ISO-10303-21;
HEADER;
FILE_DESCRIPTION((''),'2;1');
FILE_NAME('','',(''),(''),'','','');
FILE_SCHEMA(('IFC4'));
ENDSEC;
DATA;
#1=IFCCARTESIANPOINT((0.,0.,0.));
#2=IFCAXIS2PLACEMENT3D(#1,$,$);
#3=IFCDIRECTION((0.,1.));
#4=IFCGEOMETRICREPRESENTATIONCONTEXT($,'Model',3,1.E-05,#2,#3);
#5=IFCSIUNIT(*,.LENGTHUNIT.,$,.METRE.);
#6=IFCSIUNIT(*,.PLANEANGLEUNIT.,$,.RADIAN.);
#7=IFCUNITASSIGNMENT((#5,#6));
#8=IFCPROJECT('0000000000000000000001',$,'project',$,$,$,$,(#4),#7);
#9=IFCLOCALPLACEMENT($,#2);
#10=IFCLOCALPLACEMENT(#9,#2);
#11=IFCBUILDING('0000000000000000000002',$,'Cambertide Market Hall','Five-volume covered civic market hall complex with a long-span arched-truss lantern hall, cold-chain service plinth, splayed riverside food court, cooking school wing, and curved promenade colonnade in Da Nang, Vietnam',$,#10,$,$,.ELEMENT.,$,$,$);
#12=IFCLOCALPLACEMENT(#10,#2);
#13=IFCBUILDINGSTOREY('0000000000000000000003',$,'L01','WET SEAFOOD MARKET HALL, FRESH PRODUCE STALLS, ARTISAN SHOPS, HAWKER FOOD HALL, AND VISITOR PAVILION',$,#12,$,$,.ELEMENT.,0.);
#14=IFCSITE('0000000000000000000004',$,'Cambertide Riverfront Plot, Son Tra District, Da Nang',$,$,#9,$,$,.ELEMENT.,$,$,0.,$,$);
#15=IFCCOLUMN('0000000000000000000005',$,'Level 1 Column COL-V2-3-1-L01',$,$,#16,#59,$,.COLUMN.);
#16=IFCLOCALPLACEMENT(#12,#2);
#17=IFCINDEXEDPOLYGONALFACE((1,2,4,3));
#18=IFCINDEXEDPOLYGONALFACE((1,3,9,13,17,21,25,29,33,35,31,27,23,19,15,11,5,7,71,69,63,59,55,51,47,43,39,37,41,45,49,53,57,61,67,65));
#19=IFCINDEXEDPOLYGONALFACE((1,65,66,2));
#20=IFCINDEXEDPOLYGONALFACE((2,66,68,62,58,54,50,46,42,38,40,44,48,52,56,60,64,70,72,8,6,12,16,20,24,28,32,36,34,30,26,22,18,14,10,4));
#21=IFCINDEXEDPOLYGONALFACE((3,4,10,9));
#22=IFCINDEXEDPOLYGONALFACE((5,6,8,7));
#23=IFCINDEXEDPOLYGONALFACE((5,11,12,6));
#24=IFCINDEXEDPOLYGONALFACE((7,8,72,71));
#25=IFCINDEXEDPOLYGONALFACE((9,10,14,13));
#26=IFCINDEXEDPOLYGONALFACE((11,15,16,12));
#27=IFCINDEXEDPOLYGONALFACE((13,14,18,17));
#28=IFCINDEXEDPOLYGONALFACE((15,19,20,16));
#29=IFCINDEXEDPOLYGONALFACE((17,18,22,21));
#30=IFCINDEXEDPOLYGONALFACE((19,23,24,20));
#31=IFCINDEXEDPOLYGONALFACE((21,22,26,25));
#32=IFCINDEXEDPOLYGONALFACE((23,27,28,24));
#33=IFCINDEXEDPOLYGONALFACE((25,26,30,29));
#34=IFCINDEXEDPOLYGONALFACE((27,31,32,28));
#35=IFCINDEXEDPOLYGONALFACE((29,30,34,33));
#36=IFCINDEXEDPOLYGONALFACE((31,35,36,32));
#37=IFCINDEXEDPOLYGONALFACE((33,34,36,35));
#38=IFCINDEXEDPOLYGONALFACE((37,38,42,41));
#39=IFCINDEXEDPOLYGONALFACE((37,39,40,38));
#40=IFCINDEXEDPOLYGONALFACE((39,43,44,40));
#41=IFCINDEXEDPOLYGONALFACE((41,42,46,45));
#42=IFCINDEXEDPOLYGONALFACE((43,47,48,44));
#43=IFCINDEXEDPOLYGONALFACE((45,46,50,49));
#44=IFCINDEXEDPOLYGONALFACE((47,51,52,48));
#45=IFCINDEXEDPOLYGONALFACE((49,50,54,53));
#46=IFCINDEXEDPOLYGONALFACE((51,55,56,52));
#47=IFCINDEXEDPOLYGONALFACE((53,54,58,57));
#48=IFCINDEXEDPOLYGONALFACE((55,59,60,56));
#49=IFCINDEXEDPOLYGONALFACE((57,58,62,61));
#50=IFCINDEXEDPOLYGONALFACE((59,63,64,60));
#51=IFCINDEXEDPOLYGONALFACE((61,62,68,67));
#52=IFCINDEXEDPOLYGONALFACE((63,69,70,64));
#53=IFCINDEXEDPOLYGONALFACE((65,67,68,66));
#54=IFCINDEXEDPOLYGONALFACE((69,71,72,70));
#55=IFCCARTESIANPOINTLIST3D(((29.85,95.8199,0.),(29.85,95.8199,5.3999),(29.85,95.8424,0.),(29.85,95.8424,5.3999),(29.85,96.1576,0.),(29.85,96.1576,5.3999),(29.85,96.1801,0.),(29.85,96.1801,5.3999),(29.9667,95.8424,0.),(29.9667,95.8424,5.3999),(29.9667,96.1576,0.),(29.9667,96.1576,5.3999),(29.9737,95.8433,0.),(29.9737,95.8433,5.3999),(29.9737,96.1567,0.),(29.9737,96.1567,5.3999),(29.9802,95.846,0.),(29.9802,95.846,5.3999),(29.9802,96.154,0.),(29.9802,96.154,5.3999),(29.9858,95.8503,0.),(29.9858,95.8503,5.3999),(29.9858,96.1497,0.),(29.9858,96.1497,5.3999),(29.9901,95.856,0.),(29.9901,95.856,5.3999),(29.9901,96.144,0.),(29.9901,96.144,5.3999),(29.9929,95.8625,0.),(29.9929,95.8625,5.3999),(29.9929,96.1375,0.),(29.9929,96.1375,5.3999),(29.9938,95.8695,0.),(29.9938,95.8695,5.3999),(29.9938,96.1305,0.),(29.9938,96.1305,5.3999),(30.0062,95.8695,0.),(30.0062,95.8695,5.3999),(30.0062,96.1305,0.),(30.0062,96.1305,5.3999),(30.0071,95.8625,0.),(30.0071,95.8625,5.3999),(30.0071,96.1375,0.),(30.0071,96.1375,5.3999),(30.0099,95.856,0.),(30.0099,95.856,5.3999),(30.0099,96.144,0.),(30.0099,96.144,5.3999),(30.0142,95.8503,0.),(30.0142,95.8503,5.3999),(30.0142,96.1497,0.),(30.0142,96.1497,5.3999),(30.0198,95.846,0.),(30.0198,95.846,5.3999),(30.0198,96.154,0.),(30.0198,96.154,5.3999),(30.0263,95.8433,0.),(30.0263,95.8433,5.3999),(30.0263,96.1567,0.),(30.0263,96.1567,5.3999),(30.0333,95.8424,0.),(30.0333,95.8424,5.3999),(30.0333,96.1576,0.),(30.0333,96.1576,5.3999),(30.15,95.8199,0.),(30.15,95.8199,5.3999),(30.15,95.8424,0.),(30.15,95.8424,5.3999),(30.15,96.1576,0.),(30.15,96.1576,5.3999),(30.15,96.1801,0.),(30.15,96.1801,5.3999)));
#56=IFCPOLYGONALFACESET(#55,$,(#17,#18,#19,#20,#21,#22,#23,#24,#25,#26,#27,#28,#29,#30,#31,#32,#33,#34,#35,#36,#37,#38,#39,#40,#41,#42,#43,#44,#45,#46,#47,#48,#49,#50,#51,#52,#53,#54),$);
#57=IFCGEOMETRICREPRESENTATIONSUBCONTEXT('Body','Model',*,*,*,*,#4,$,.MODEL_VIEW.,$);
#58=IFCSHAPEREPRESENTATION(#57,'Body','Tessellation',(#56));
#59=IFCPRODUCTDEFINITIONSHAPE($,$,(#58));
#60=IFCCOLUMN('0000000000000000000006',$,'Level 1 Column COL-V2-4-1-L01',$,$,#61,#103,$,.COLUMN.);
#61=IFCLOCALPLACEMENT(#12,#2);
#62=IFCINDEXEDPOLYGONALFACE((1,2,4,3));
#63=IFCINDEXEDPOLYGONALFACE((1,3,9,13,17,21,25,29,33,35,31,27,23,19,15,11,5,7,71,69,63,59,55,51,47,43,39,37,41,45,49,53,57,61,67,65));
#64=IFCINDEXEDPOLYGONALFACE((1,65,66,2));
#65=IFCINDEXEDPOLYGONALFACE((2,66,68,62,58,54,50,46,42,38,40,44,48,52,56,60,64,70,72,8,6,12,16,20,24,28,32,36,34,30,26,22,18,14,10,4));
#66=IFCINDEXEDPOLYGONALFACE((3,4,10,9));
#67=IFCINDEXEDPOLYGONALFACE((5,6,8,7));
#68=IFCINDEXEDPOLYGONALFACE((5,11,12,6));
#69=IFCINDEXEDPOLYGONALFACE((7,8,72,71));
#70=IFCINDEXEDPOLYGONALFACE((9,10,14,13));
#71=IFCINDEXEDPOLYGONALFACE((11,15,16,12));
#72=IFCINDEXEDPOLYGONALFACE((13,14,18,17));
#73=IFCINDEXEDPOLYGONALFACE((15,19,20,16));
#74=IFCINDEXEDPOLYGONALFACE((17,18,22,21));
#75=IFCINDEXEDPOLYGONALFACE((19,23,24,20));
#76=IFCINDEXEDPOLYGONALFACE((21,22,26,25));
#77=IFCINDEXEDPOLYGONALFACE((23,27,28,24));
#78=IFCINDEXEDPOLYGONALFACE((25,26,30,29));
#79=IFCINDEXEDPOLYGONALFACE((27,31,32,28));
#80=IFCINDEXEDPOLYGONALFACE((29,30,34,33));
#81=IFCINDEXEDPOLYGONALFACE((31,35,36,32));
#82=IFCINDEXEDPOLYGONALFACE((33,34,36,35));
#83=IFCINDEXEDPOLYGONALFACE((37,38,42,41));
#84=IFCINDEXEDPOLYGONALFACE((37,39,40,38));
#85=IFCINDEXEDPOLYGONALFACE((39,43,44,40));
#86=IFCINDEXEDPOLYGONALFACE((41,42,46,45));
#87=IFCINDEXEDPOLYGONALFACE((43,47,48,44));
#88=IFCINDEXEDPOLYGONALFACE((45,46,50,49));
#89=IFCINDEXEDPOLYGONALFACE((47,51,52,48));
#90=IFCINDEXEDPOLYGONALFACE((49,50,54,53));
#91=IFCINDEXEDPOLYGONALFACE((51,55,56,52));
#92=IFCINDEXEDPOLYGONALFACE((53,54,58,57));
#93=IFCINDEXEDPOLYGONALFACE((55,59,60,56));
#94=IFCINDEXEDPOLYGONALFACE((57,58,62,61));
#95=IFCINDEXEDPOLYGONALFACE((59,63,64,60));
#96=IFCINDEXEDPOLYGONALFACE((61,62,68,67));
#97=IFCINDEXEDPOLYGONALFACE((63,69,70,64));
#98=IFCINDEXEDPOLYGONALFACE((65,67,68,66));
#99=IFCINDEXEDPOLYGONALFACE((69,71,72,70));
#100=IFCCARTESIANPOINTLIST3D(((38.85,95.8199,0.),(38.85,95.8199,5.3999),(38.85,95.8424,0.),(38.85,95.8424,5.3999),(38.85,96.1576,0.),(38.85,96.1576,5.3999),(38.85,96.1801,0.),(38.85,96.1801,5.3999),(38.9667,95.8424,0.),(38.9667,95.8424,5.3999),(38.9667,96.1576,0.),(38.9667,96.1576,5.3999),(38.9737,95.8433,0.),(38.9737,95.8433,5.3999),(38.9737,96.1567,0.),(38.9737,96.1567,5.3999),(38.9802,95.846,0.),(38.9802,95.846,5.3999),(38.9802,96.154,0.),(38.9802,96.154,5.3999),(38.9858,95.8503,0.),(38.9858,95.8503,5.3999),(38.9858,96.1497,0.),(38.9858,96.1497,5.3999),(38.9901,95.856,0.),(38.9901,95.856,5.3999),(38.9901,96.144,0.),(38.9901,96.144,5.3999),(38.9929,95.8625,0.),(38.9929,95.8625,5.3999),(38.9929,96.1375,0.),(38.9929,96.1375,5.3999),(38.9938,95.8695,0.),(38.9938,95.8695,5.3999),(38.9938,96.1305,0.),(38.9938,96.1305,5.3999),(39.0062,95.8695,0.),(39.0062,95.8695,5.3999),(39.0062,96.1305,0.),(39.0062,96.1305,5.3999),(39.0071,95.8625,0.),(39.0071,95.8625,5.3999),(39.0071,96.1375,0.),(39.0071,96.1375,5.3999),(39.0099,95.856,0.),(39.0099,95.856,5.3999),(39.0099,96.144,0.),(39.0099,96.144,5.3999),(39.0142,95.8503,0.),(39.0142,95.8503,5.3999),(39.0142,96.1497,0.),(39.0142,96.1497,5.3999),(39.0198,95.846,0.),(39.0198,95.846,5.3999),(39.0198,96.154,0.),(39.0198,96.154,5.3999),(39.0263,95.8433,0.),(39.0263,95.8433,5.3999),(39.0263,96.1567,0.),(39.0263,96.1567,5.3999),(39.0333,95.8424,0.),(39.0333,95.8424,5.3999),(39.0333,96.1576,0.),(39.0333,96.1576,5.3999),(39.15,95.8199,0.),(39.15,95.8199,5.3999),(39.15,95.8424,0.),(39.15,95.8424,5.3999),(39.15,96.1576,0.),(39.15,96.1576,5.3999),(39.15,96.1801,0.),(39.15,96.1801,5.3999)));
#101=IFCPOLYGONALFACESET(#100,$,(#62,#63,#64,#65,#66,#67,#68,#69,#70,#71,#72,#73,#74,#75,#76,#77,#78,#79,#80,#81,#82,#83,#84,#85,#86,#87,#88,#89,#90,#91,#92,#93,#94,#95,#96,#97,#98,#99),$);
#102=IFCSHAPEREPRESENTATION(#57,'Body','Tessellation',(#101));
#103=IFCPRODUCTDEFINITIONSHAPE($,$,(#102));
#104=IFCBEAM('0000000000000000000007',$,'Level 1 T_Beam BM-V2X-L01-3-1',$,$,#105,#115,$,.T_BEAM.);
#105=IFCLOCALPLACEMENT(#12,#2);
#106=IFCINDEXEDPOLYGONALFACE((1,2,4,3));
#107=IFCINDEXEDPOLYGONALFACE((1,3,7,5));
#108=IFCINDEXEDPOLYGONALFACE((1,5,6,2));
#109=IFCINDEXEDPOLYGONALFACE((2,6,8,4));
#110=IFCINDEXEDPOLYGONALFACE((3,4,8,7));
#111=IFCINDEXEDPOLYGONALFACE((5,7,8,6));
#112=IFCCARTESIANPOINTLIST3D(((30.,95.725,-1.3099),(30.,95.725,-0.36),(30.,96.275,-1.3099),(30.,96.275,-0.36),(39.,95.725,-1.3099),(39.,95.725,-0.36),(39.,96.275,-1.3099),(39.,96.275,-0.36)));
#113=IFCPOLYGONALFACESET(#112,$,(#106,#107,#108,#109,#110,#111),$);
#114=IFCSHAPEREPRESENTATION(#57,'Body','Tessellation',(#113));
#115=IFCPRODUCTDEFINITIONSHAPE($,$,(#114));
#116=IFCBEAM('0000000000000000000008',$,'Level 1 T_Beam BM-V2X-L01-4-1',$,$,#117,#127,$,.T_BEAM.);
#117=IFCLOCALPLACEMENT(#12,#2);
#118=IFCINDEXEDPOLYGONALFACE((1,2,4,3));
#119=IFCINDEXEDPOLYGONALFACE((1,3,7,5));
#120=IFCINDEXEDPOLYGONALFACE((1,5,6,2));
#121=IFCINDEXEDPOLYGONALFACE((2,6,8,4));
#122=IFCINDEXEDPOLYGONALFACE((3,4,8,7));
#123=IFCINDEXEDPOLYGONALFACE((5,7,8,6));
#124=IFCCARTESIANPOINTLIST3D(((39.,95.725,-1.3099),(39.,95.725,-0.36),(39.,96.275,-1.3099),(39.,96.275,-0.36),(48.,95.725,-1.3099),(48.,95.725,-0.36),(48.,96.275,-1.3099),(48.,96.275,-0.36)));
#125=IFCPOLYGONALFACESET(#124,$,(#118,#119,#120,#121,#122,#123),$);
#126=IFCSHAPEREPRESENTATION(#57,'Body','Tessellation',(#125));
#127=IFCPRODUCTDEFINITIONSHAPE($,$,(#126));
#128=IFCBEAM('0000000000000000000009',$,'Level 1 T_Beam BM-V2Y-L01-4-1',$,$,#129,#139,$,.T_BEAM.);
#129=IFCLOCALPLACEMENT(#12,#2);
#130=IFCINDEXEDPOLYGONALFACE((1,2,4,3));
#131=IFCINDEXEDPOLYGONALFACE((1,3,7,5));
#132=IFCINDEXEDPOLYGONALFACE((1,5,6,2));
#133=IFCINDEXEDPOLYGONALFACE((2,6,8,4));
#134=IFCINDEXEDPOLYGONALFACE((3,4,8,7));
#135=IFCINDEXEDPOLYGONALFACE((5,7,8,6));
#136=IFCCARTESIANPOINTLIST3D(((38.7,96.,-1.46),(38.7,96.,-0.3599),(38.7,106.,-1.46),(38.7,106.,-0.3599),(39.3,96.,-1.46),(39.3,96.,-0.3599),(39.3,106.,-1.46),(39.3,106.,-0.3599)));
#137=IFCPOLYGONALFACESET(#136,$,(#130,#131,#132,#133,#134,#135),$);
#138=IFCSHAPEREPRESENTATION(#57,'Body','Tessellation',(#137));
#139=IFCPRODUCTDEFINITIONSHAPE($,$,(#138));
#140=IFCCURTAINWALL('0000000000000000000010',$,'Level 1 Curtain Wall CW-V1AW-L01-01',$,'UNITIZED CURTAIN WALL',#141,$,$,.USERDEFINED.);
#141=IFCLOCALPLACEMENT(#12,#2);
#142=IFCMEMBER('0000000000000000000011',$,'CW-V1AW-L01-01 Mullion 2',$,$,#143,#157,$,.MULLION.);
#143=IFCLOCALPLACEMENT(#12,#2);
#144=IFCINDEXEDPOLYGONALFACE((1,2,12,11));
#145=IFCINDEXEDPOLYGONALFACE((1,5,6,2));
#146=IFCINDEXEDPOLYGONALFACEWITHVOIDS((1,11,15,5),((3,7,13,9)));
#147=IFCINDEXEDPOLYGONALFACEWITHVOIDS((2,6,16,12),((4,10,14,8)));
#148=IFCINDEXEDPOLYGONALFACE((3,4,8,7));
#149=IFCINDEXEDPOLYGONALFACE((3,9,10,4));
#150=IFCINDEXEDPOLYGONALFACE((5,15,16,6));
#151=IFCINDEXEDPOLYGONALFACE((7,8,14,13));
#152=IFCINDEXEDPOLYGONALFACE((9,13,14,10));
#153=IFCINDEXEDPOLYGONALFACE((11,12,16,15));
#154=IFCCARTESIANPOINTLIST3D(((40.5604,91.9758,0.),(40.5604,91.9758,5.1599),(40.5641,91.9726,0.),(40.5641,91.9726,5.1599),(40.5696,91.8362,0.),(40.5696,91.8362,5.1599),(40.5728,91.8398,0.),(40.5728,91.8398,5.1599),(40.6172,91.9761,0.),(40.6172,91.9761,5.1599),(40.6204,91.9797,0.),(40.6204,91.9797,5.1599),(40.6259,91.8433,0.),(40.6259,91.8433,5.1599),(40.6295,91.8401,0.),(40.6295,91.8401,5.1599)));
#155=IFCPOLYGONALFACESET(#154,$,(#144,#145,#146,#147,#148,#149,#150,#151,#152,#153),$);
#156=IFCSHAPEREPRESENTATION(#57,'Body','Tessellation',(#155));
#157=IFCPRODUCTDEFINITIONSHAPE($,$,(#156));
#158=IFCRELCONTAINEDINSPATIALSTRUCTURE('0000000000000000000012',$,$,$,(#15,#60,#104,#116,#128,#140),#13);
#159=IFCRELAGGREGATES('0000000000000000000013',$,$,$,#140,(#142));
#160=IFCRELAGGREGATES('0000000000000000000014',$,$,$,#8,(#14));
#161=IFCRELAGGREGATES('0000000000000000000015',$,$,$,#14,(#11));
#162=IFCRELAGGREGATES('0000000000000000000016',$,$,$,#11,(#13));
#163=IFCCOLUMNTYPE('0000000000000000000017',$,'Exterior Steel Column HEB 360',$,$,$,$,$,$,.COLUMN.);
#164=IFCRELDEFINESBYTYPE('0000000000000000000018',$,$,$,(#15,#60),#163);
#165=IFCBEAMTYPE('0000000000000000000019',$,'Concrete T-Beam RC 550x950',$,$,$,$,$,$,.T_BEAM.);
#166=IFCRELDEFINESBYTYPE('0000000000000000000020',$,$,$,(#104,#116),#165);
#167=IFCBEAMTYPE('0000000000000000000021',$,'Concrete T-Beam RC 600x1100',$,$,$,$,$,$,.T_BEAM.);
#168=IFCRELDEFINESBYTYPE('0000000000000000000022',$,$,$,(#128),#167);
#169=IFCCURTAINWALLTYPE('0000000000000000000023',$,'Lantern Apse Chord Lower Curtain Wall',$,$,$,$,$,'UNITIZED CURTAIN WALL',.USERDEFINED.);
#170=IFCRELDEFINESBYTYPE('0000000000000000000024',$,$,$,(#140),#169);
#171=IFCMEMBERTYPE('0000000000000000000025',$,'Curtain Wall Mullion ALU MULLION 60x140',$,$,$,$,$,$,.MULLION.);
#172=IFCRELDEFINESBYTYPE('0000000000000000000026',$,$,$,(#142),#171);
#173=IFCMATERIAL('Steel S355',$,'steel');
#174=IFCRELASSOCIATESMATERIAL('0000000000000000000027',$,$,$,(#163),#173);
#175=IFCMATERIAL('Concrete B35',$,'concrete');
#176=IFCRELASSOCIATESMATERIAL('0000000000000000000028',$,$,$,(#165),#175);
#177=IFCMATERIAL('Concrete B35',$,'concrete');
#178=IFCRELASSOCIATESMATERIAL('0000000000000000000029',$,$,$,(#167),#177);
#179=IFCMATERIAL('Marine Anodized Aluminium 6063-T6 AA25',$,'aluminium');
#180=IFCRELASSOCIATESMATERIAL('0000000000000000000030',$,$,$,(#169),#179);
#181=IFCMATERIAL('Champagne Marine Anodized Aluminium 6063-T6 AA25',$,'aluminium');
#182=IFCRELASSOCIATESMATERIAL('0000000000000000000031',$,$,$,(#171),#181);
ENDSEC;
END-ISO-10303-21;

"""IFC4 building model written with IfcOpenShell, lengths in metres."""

from ifc_helpers import new_model, si_unit, direction, frame, origin, origin_2d, place, context, subcontext, project, spatial, rectangle, hollow_rectangle, i_section, extrude, material, material_profile, profile_set, type_object, element, aggregate, save


model = new_model("IFC4")

# Units and contexts
model_context = context("Model", 3, precision=1e-05, world=origin(), true_north=direction((0.0, 1.0)))
body_context = subcontext(model_context, "Body", "Model", "MODEL_VIEW")
ifc_project = project(units=[si_unit("LENGTHUNIT", "METRE"), si_unit("PLANEANGLEUNIT", "RADIAN")], contexts=[model_context])

# Site, building, storey
site_placement = place(None, origin())
site = spatial("IfcSite", under=ifc_project, at=site_placement, Name="Cambertide Riverfront Plot, Son Tra District, Da Nang", CompositionType="ELEMENT", RefElevation=0.0)
building_placement = place(site_placement, origin())
building = spatial("IfcBuilding", under=site, at=building_placement, Name="Cambertide Market Hall", Description="Five-volume covered civic market hall complex with a long-span arched-truss lantern hall, cold-chain service plinth, splayed riverside food court, cooking school wing, and curved promenade colonnade in Da Nang, Vietnam", CompositionType="ELEMENT")
storey_placement = place(building_placement, origin())
storey = spatial("IfcBuildingStorey", under=building, at=storey_placement, Name="L01", Description="WET SEAFOOD MARKET HALL, FRESH PRODUCE STALLS, ARTISAN SHOPS, HAWKER FOOD HALL, AND VISITOR PAVILION", CompositionType="ELEMENT", Elevation=0.0)

# Columns
ifc_material_1 = material(Name="Steel S355", Category="steel")
ifc_material_profile_1 = material_profile(ifc_material_1, i_section(OverallWidth=0.3, OverallDepth=0.3601, WebThickness=0.0125, FlangeThickness=0.0225, FilletRadius=0.0271, at=origin_2d()), Name="HEB 360")
ifc_profile_set_1 = profile_set([ifc_material_profile_1], Name="Steel S355")
column_type = type_object("IfcColumnType", Name="Exterior Steel Column HEB 360", PredefinedType="COLUMN", material=ifc_profile_set_1)
for number, where, z_axis, x_axis, name in (
    (1, (30.0, 96.0, 0.0), (0.0, 0.0, 1.0), (1.0, 0.0, 0.0), "Level 1 Column COL-V2-3-1-L01"),
    (2, (39.0, 96.0, 0.0), (0.0, 0.0, 1.0), (1.0, 0.0, 0.0), "Level 1 Column COL-V2-4-1-L01"),
):
    element("IfcColumn", number, at=place(storey_placement, frame(where, z_axis=z_axis, x_axis=x_axis)), inside=storey, type_object=column_type, Name=name, PredefinedType="COLUMN", context=body_context, shape_type="SweptSolid", body=[
        extrude(i_section(OverallWidth=0.3, OverallDepth=0.3601, WebThickness=0.0125, FlangeThickness=0.0225, FilletRadius=0.0271, at=origin_2d()), origin(), (0.0, 0.0, 1.0), 5.3999),
    ])

# Beams
ifc_material_2 = material(Name="Concrete B35", Category="concrete")
ifc_material_profile_2 = material_profile(ifc_material_2, rectangle(XDim=0.55, YDim=0.95, at=origin_2d()), Name="RC 550x950")
ifc_profile_set_2 = profile_set([ifc_material_profile_2], Name="Concrete B35")
beam_type_1 = type_object("IfcBeamType", Name="Concrete T-Beam RC 550x950", PredefinedType="T_BEAM", material=ifc_profile_set_2)
for number, where, z_axis, x_axis, name in (
    (3, (30.0, 96.0, -0.835), (1.0, 0.0, 0.0), (0.0, 1.0, 0.0), "Level 1 T_Beam BM-V2X-L01-3-1"),
    (4, (39.0, 96.0, -0.835), (1.0, 0.0, 0.0), (0.0, 1.0, 0.0), "Level 1 T_Beam BM-V2X-L01-4-1"),
):
    element("IfcBeam", number, at=place(storey_placement, frame(where, z_axis=z_axis, x_axis=x_axis)), inside=storey, type_object=beam_type_1, Name=name, PredefinedType="T_BEAM", context=body_context, shape_type="SweptSolid", body=[
        extrude(rectangle(XDim=0.55, YDim=0.95, at=origin_2d()), origin(), (0.0, 0.0, 1.0), 9.0),
    ])
ifc_material_3 = material(Name="Concrete B35", Category="concrete")
ifc_material_profile_3 = material_profile(ifc_material_3, rectangle(XDim=0.6001, YDim=1.1001, at=origin_2d()), Name="RC 600x1100")
ifc_profile_set_3 = profile_set([ifc_material_profile_3], Name="Concrete B35")
beam_type_2 = type_object("IfcBeamType", Name="Concrete T-Beam RC 600x1100", PredefinedType="T_BEAM", material=ifc_profile_set_3)
beam_placement = place(storey_placement, frame((39.0, 96.0, -0.9099), z_axis=(0.0, 1.0, 0.0), x_axis=(-1.0, 0.0, 0.0)))
element("IfcBeam", 5, at=beam_placement, inside=storey, type_object=beam_type_2, Name="Level 1 T_Beam BM-V2Y-L01-4-1", PredefinedType="T_BEAM", context=body_context, shape_type="SweptSolid", body=[
    extrude(rectangle(XDim=0.6001, YDim=1.1001, at=origin_2d()), origin(), (0.0, 0.0, 1.0), 10.0),
])

# Curtain wall, member
ifc_material_4 = material(Name="Marine Anodized Aluminium 6063-T6 AA25", Category="aluminium")
curtain_wall_type = type_object("IfcCurtainWallType", Name="Lantern Apse Chord Lower Curtain Wall", ElementType="UNITIZED CURTAIN WALL", PredefinedType="USERDEFINED", material=ifc_material_4)
curtain_wall_placement = place(storey_placement, origin())
curtain_wall = element("IfcCurtainWall", 6, at=curtain_wall_placement, inside=storey, type_object=curtain_wall_type, Name="Level 1 Curtain Wall CW-V1AW-L01-01", ObjectType="UNITIZED CURTAIN WALL", PredefinedType="USERDEFINED")
ifc_material_5 = material(Name="Champagne Marine Anodized Aluminium 6063-T6 AA25", Category="aluminium")
ifc_material_profile_4 = material_profile(ifc_material_5, hollow_rectangle(XDim=0.0601, YDim=0.1399, WallThickness=0.0034, at=origin_2d()), Name="ALU MULLION 60x140")
ifc_profile_set_4 = profile_set([ifc_material_profile_4], Name="Champagne Marine Anodized Aluminium 6063-T6 AA25")
member_type = type_object("IfcMemberType", Name="Curtain Wall Mullion ALU MULLION 60x140", PredefinedType="MULLION", material=ifc_profile_set_4)
member_placement = place(storey_placement, frame((40.595, 91.908, 0.0), z_axis=(0.0, 0.0, 1.0), x_axis=(0.997859, 0.065403, 0.0)))
member = element("IfcMember", 7, at=member_placement, type_object=member_type, Name="CW-V1AW-L01-01 Mullion 2", PredefinedType="MULLION", context=body_context, shape_type="SweptSolid", body=[
    extrude(hollow_rectangle(XDim=0.0601, YDim=0.1399, WallThickness=0.0034, at=origin_2d()), origin(), (0.0, 0.0, 1.0), 5.1599),
])

aggregate(curtain_wall, [member])

save(model, "model.ifc")
